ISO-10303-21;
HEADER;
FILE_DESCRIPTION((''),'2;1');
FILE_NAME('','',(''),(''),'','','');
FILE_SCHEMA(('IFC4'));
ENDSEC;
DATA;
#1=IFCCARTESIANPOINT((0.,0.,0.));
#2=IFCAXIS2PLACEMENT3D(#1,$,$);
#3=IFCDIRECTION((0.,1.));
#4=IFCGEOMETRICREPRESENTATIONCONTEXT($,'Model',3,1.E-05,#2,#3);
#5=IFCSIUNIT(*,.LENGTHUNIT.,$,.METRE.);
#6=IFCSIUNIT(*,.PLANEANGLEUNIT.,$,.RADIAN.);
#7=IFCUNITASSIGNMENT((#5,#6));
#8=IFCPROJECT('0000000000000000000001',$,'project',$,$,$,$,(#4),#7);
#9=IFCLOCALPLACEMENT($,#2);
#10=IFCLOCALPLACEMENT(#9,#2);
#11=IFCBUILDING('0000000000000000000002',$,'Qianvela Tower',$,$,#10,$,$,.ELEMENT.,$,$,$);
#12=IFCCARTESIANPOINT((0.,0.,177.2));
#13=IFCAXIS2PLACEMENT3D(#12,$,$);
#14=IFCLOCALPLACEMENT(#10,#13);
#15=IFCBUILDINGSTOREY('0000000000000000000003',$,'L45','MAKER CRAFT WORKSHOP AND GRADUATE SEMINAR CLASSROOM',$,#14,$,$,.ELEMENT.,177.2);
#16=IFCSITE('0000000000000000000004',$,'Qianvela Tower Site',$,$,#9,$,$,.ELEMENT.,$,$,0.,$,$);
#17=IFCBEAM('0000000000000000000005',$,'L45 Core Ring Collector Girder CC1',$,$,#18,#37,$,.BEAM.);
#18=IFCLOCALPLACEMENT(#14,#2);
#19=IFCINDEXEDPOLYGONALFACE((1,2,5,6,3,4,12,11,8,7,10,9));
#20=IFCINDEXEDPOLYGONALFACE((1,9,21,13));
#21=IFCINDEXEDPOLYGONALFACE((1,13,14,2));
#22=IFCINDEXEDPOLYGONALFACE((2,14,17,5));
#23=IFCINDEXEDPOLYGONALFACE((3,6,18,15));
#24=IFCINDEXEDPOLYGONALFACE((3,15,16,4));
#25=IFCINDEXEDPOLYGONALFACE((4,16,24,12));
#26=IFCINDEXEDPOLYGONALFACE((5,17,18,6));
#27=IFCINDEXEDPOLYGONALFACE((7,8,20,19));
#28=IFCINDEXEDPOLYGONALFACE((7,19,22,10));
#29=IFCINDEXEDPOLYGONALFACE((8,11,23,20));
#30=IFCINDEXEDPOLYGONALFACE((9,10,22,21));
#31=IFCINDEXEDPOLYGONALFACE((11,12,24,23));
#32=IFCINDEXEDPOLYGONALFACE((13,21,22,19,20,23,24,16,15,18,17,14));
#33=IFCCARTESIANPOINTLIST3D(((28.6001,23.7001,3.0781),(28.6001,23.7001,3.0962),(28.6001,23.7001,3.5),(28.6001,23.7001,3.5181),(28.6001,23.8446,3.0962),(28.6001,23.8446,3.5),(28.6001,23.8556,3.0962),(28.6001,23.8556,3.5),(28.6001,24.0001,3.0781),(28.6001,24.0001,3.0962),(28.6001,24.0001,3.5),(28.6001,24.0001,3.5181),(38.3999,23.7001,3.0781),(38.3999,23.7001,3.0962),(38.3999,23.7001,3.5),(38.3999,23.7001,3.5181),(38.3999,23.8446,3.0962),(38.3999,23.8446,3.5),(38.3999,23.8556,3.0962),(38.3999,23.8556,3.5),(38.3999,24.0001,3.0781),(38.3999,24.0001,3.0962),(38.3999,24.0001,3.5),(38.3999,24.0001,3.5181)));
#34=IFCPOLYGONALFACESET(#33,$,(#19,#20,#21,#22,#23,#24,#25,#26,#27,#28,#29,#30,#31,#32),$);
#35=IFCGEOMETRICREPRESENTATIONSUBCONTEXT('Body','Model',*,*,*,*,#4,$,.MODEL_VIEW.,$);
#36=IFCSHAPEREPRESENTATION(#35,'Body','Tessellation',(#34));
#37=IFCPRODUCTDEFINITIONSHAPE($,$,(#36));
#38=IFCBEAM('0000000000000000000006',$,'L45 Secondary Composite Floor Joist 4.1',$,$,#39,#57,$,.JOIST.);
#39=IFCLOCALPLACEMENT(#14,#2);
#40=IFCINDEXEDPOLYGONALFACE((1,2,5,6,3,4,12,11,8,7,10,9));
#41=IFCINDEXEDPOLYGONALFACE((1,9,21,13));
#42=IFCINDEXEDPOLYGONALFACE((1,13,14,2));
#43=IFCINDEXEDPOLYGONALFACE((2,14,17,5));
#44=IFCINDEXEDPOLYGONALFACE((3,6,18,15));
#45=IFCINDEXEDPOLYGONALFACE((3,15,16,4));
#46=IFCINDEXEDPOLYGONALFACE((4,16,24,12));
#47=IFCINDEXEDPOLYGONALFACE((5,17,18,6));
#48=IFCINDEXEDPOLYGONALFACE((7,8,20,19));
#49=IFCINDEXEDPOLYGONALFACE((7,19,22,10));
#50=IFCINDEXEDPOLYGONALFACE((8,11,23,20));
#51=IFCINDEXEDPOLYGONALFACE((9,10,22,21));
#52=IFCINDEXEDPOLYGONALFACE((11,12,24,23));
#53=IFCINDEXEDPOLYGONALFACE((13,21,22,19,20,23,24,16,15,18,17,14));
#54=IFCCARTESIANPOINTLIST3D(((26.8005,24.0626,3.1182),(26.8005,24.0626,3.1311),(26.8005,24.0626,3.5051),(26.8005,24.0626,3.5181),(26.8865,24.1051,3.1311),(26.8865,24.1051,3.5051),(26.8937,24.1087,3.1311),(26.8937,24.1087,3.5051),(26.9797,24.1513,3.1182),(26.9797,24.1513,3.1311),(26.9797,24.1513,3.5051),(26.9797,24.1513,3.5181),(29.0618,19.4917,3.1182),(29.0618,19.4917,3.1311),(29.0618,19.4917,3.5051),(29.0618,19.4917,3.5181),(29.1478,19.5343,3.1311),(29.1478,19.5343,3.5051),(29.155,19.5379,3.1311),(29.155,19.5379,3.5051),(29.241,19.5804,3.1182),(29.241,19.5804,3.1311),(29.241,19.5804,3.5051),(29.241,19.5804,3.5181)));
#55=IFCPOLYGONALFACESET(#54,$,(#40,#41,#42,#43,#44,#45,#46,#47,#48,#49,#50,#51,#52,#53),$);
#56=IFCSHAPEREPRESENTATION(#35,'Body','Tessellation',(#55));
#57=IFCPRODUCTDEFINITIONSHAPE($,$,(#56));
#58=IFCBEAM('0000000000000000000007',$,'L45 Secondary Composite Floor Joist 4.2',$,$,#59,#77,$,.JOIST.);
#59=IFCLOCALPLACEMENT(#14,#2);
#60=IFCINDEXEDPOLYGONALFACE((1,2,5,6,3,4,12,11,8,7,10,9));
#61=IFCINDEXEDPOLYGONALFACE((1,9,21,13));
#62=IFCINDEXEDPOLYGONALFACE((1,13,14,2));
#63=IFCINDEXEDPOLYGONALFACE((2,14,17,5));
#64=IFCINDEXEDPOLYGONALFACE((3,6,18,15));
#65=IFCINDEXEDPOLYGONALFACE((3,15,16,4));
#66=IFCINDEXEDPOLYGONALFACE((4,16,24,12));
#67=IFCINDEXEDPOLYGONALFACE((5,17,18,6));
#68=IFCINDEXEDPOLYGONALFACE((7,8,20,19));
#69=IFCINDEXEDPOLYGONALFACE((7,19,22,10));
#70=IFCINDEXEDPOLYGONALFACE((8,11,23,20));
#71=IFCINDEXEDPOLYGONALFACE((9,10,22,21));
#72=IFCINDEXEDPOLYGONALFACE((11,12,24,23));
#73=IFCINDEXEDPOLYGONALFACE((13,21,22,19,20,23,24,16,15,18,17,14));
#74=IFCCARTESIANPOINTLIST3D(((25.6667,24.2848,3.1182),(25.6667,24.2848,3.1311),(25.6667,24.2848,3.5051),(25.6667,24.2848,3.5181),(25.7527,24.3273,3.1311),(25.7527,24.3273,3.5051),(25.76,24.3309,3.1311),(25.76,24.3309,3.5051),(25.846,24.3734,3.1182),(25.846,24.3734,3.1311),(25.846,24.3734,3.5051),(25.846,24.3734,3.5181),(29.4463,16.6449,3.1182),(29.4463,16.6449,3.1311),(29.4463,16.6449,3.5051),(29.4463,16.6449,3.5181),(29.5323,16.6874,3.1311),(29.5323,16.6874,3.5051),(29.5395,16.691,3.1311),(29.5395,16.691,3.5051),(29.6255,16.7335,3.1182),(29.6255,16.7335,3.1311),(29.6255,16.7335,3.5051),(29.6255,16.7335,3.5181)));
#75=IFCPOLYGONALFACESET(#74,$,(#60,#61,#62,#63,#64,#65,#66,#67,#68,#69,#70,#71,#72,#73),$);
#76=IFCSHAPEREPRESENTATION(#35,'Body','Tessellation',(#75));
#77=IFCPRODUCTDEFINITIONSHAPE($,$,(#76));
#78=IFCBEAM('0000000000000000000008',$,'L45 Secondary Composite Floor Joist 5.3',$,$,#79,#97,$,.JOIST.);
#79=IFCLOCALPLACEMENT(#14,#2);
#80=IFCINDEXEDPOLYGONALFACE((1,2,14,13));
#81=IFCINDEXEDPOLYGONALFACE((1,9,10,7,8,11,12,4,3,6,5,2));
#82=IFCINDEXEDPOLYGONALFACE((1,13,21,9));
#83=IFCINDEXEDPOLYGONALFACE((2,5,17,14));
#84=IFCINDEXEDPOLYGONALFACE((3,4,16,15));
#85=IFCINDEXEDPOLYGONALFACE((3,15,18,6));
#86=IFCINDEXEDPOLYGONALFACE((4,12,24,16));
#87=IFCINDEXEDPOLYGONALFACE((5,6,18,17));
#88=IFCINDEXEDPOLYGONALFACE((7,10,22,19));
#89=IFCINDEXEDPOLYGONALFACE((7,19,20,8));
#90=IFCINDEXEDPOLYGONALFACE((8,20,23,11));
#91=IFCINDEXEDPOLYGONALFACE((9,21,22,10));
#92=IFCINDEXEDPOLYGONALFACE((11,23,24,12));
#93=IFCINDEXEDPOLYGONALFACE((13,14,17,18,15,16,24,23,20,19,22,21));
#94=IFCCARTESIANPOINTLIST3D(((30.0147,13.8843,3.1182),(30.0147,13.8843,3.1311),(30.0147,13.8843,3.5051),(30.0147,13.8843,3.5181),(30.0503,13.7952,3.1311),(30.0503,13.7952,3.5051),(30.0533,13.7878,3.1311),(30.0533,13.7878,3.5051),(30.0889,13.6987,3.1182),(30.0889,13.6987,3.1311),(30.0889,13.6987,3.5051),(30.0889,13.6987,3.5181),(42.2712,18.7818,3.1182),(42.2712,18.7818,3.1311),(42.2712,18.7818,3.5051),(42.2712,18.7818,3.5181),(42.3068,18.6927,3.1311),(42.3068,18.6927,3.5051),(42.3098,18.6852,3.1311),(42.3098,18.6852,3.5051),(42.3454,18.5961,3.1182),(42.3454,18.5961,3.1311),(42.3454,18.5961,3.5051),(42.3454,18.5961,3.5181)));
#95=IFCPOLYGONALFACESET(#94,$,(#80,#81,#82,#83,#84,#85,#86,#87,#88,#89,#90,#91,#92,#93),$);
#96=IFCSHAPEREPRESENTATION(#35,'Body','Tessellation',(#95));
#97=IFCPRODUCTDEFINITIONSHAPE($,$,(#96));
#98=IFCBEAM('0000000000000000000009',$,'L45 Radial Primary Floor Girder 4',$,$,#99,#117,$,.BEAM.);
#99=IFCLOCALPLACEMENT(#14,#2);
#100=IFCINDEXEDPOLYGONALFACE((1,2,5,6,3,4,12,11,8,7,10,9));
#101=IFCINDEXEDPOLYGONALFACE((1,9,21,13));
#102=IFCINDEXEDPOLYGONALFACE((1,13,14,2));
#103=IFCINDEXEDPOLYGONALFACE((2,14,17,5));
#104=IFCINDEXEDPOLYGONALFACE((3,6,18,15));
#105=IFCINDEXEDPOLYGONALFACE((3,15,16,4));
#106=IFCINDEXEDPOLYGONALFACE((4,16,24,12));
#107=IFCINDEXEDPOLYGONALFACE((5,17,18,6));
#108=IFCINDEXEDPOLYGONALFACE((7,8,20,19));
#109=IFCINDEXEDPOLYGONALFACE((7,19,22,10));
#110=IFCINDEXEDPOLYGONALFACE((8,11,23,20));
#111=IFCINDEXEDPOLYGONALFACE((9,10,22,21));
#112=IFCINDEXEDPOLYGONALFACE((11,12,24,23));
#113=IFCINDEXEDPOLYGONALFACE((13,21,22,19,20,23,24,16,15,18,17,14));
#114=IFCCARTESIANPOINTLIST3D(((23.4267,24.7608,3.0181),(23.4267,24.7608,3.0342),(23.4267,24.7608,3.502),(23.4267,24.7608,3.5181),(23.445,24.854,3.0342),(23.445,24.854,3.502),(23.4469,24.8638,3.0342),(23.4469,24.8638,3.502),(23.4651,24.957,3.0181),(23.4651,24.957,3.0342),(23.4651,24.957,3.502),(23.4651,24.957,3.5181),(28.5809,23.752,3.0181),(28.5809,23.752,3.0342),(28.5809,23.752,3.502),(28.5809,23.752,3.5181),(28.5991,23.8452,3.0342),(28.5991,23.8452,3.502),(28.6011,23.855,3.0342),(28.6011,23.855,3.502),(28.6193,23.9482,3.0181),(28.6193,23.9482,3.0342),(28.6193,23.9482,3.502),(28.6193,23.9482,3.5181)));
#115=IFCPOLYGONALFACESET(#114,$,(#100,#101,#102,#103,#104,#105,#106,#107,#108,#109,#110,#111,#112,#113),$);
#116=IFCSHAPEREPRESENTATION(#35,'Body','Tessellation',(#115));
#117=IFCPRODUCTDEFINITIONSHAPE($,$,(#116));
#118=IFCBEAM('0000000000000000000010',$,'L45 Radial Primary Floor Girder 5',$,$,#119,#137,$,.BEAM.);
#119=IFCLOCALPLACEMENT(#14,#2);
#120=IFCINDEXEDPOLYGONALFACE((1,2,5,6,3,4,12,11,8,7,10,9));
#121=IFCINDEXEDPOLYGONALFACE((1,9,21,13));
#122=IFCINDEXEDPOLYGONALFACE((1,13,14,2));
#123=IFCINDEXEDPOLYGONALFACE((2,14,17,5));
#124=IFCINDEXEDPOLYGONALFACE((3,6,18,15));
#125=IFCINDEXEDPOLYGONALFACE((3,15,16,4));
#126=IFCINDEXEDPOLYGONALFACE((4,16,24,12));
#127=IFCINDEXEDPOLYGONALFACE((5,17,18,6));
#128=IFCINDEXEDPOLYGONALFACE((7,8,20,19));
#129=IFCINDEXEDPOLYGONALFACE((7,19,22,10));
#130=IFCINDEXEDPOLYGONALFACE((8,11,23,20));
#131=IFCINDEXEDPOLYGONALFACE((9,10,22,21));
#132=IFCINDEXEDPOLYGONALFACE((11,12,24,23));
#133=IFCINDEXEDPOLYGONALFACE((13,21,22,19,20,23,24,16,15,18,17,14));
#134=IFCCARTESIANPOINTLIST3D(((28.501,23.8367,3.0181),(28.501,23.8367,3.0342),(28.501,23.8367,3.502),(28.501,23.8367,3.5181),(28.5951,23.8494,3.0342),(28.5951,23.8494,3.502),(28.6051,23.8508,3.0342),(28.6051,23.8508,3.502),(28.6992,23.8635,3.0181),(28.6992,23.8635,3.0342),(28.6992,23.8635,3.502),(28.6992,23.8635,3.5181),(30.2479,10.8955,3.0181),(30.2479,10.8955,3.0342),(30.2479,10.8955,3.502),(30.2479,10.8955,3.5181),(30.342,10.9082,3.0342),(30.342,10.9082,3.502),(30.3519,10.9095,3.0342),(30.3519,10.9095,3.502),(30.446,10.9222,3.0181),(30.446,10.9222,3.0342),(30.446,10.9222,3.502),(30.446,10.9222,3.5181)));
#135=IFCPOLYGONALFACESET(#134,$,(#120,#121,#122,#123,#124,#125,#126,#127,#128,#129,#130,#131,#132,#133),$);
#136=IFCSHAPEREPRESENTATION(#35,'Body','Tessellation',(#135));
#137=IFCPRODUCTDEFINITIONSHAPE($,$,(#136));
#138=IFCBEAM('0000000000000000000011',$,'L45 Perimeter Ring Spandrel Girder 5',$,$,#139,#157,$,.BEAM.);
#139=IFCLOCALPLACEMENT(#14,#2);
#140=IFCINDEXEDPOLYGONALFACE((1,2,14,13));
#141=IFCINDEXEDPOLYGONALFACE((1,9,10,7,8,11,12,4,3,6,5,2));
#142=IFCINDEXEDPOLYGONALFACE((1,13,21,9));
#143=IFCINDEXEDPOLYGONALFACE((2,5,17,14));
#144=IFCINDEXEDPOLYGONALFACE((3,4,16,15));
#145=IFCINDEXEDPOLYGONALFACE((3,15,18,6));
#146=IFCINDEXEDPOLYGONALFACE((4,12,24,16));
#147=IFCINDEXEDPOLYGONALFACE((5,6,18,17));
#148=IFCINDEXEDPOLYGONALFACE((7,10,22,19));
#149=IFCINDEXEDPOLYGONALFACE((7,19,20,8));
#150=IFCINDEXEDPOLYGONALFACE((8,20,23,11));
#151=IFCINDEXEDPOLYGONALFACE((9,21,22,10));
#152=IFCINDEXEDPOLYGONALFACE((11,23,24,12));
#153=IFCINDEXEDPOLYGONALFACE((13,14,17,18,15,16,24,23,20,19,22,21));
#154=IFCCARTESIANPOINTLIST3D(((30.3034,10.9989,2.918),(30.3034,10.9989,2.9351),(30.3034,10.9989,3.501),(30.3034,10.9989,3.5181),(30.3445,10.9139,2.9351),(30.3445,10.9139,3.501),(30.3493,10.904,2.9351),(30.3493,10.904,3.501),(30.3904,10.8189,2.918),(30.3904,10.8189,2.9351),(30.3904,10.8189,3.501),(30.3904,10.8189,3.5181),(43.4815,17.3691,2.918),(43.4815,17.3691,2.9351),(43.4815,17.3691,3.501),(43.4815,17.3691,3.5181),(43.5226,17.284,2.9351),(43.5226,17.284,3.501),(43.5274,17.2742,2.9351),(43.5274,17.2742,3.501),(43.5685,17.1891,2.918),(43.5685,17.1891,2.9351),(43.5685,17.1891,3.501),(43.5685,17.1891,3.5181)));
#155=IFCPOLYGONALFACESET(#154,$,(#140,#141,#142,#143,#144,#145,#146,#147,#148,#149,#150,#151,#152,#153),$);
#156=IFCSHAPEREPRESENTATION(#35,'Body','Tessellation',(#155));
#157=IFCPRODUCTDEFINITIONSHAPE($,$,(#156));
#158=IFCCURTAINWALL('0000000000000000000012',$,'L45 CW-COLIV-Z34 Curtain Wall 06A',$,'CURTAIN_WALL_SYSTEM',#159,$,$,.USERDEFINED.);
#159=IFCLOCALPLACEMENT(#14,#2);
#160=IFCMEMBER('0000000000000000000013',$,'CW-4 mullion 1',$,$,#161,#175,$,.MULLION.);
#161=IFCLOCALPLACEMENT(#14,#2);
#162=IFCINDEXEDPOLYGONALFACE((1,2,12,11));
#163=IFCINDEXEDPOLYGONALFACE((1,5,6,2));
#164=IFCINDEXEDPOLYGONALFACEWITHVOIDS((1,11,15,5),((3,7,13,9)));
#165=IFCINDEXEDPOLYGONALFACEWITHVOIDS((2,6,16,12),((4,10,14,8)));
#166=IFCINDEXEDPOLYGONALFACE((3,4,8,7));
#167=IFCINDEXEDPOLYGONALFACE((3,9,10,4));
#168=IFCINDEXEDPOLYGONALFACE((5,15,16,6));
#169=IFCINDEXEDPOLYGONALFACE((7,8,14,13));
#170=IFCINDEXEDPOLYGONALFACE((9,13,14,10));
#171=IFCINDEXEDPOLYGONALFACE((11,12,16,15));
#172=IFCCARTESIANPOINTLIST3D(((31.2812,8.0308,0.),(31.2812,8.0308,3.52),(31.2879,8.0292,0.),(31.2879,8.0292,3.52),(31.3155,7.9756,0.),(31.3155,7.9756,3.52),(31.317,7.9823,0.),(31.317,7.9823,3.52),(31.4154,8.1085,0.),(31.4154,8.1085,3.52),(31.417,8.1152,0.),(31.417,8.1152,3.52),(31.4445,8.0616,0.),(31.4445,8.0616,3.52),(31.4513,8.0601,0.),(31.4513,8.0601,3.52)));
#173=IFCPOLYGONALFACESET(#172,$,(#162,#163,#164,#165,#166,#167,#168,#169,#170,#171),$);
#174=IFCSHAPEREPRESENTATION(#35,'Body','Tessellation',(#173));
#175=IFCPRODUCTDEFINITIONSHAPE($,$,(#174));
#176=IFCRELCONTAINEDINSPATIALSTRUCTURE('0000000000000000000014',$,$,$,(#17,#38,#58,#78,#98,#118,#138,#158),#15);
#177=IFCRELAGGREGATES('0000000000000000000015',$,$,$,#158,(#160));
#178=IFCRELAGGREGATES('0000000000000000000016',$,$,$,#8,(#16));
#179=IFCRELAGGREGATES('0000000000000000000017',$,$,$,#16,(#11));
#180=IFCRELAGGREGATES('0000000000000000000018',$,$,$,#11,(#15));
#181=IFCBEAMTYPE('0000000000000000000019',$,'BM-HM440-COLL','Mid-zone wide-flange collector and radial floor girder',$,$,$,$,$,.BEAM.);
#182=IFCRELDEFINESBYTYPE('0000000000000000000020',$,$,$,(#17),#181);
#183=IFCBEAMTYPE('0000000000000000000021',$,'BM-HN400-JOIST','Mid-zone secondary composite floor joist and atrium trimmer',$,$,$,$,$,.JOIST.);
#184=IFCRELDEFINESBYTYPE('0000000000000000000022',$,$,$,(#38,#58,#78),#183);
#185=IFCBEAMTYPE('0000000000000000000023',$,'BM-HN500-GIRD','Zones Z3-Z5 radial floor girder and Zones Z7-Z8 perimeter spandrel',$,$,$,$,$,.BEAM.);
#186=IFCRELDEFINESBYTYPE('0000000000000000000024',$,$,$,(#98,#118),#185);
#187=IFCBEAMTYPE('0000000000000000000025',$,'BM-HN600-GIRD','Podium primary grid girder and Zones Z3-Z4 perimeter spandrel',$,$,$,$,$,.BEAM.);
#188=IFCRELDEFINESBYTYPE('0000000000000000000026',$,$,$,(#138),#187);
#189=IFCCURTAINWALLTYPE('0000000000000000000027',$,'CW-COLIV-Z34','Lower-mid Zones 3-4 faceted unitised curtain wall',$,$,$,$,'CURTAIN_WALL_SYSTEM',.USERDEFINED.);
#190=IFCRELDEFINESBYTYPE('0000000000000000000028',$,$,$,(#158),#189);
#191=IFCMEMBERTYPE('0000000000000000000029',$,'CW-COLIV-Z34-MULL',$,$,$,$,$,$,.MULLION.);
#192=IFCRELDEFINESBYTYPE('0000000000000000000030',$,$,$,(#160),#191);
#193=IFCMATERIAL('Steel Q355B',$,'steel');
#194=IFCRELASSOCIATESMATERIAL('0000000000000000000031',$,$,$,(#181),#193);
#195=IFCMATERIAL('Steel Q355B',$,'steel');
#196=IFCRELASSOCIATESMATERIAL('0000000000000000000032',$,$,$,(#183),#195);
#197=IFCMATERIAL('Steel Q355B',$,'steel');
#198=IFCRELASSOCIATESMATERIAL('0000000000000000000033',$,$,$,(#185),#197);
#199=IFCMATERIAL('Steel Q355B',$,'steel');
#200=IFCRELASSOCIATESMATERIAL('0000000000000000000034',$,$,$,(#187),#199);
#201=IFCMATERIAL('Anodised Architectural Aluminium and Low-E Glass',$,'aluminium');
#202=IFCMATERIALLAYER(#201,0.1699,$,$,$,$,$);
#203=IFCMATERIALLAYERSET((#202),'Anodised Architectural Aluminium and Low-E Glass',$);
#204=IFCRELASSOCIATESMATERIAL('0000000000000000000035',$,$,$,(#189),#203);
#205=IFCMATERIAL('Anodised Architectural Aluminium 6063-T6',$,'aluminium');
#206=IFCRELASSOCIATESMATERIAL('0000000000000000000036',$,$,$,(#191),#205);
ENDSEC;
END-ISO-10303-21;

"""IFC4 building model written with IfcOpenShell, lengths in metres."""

from ifc_helpers import new_model, si_unit, direction, frame, origin, origin_2d, place, context, subcontext, project, spatial, hollow_rectangle, i_section, extrude, material, layer, layer_set, material_profile, profile_set, type_object, element, aggregate, save


model = new_model("IFC4")

# Units and contexts
model_context = context("Model", 3, precision=1e-05, world=origin(), true_north=direction((0.0, 1.0)))
body_context = subcontext(model_context, "Body", "Model", "MODEL_VIEW")
ifc_project = project(units=[si_unit("LENGTHUNIT", "METRE"), si_unit("PLANEANGLEUNIT", "RADIAN")], contexts=[model_context])

# Site, building, storey
site_placement = place(None, origin())
site = spatial("IfcSite", under=ifc_project, at=site_placement, Name="Qianvela Tower Site", CompositionType="ELEMENT", RefElevation=0.0)
building_placement = place(site_placement, origin())
building = spatial("IfcBuilding", under=site, at=building_placement, Name="Qianvela Tower", CompositionType="ELEMENT")
storey_placement = place(building_placement, frame((0.0, 0.0, 177.2)))
storey = spatial("IfcBuildingStorey", under=building, at=storey_placement, Name="L45", Description="MAKER CRAFT WORKSHOP AND GRADUATE SEMINAR CLASSROOM", CompositionType="ELEMENT", Elevation=177.2)

# Beams
ifc_material_1 = material(Name="Steel Q355B", Category="steel")
ifc_material_profile_1 = material_profile(ifc_material_1, i_section(OverallWidth=0.3, OverallDepth=0.4399, WebThickness=0.011, FlangeThickness=0.0181, at=origin_2d()), Name="HM440x300x11x18")
ifc_profile_set_1 = profile_set([ifc_material_profile_1], Name="Steel Q355B")
beam_type_1 = type_object("IfcBeamType", Name="BM-HM440-COLL", Description="Mid-zone wide-flange collector and radial floor girder", PredefinedType="BEAM", material=ifc_profile_set_1)
beam_1_placement = place(storey_placement, frame((28.6001, 23.8501, 3.2981), z_axis=(1.0, 0.0, 0.0), x_axis=(0.0, 1.0, 0.0)))
element("IfcBeam", 1, at=beam_1_placement, inside=storey, type_object=beam_type_1, Name="L45 Core Ring Collector Girder CC1", PredefinedType="BEAM", context=body_context, shape_type="SweptSolid", body=[
    extrude(i_section(OverallWidth=0.3, OverallDepth=0.4399, WebThickness=0.011, FlangeThickness=0.0181, at=origin_2d()), origin(), (0.0, 0.0, 1.0), 9.7998),
])
ifc_material_2 = material(Name="Steel Q355B", Category="steel")
ifc_material_profile_2 = material_profile(ifc_material_2, i_section(OverallWidth=0.2, OverallDepth=0.3999, WebThickness=0.0081, FlangeThickness=0.0129, at=origin_2d()), Name="HN400x200x8x13")
ifc_profile_set_2 = profile_set([ifc_material_profile_2], Name="Steel Q355B")
beam_type_2 = type_object("IfcBeamType", Name="BM-HN400-JOIST", Description="Mid-zone secondary composite floor joist and atrium trimmer", PredefinedType="JOIST", material=ifc_profile_set_2)
beam_2_placement = place(storey_placement, frame((26.8901, 24.1069, 3.3181), z_axis=(0.443418, -0.896315, 0.0), x_axis=(0.896315, 0.443418, 0.0)))
element("IfcBeam", 2, at=beam_2_placement, inside=storey, type_object=beam_type_2, Name="L45 Secondary Composite Floor Joist 4.1", PredefinedType="JOIST", context=body_context, shape_type="SweptSolid", body=[
    extrude(i_section(OverallWidth=0.2, OverallDepth=0.3999, WebThickness=0.0081, FlangeThickness=0.0129, at=origin_2d()), origin(), (0.0, 0.0, 1.0), 5.0996),
])
beam_3_placement = place(storey_placement, frame((25.7563, 24.3291, 3.3181), z_axis=(0.443417, -0.896315, 0.0), x_axis=(0.896315, 0.443417, 0.0)))
element("IfcBeam", 3, at=beam_3_placement, inside=storey, type_object=beam_type_2, Name="L45 Secondary Composite Floor Joist 4.2", PredefinedType="JOIST", context=body_context, shape_type="SweptSolid", body=[
    extrude(i_section(OverallWidth=0.2, OverallDepth=0.3999, WebThickness=0.0081, FlangeThickness=0.0129, at=origin_2d()), origin(), (0.0, 0.0, 1.0), 8.5237),
])
beam_4_placement = place(storey_placement, frame((30.0518, 13.7915, 3.3181), z_axis=(0.928612, 0.371053, 0.0), x_axis=(-0.371053, 0.928612, 0.0)))
element("IfcBeam", 4, at=beam_4_placement, inside=storey, type_object=beam_type_2, Name="L45 Secondary Composite Floor Joist 5.3", PredefinedType="JOIST", context=body_context, shape_type="SweptSolid", body=[
    extrude(i_section(OverallWidth=0.2, OverallDepth=0.3999, WebThickness=0.0081, FlangeThickness=0.0129, at=origin_2d()), origin(), (0.0, 0.0, 1.0), 13.1987),
])
ifc_material_3 = material(Name="Steel Q355B", Category="steel")
ifc_material_profile_3 = material_profile(ifc_material_3, i_section(OverallWidth=0.2, OverallDepth=0.5, WebThickness=0.01, FlangeThickness=0.0161, at=origin_2d()), Name="HN500x200x10x16")
ifc_profile_set_3 = profile_set([ifc_material_profile_3], Name="Steel Q355B")
beam_type_3 = type_object("IfcBeamType", Name="BM-HN500-GIRD", Description="Zones Z3-Z5 radial floor girder and Zones Z7-Z8 perimeter spandrel", PredefinedType="BEAM", material=ifc_profile_set_3)
beam_5_placement = place(storey_placement, frame((28.6001, 23.8501, 3.2681), z_axis=(-0.981379, 0.192083, 0.0), x_axis=(-0.192083, -0.981379, 0.0)))
element("IfcBeam", 5, at=beam_5_placement, inside=storey, type_object=beam_type_3, Name="L45 Radial Primary Floor Girder 4", PredefinedType="BEAM", context=body_context, shape_type="SweptSolid", body=[
    extrude(i_section(OverallWidth=0.2, OverallDepth=0.5, WebThickness=0.01, FlangeThickness=0.0161, at=origin_2d()), origin(), (0.0, 0.0, 1.0), 5.252),
])
beam_6_placement = place(storey_placement, frame((28.6001, 23.8501, 3.2681), z_axis=(0.133769, -0.991013, 0.0), x_axis=(0.991013, 0.133769, 0.0)))
element("IfcBeam", 6, at=beam_6_placement, inside=storey, type_object=beam_type_3, Name="L45 Radial Primary Floor Girder 5", PredefinedType="BEAM", context=body_context, shape_type="SweptSolid", body=[
    extrude(i_section(OverallWidth=0.2, OverallDepth=0.5, WebThickness=0.01, FlangeThickness=0.0161, at=origin_2d()), origin(), (0.0, 0.0, 1.0), 13.0586),
])
ifc_material_4 = material(Name="Steel Q355B", Category="steel")
ifc_material_profile_4 = material_profile(ifc_material_4, i_section(OverallWidth=0.2, OverallDepth=0.6001, WebThickness=0.011, FlangeThickness=0.0171, at=origin_2d()), Name="HN600x200x11x17")
ifc_profile_set_4 = profile_set([ifc_material_profile_4], Name="Steel Q355B")
beam_type_4 = type_object("IfcBeamType", Name="BM-HN600-GIRD", Description="Podium primary grid girder and Zones Z3-Z4 perimeter spandrel", PredefinedType="BEAM", material=ifc_profile_set_4)
beam_7_placement = place(storey_placement, frame((30.3469, 10.9089, 3.218), z_axis=(0.900329, 0.435211, 0.0), x_axis=(-0.435211, 0.900329, 0.0)))
element("IfcBeam", 7, at=beam_7_placement, inside=storey, type_object=beam_type_4, Name="L45 Perimeter Ring Spandrel Girder 5", PredefinedType="BEAM", context=body_context, shape_type="SweptSolid", body=[
    extrude(i_section(OverallWidth=0.2, OverallDepth=0.6001, WebThickness=0.011, FlangeThickness=0.0171, at=origin_2d()), origin(), (0.0, 0.0, 1.0), 14.637),
])

# Curtain wall, member
ifc_material_5 = material(Name="Anodised Architectural Aluminium and Low-E Glass", Category="aluminium")
ifc_layer_1 = layer(ifc_material_5, 0.1699)
ifc_layer_set_1 = layer_set([ifc_layer_1], Name="Anodised Architectural Aluminium and Low-E Glass")
curtain_wall_type = type_object("IfcCurtainWallType", Name="CW-COLIV-Z34", Description="Lower-mid Zones 3-4 faceted unitised curtain wall", ElementType="CURTAIN_WALL_SYSTEM", PredefinedType="USERDEFINED", material=ifc_layer_set_1)
curtain_wall_placement = place(storey_placement, origin())
curtain_wall = element("IfcCurtainWall", 8, at=curtain_wall_placement, inside=storey, type_object=curtain_wall_type, Name="L45 CW-COLIV-Z34 Curtain Wall 06A", ObjectType="CURTAIN_WALL_SYSTEM", PredefinedType="USERDEFINED")
ifc_material_6 = material(Name="Anodised Architectural Aluminium 6063-T6", Category="aluminium")
ifc_material_profile_5 = material_profile(ifc_material_6, hollow_rectangle(XDim=0.0649, YDim=0.1599, WallThickness=0.0049, at=origin_2d()), Name="ALU-MULL-65x160")
ifc_profile_set_5 = profile_set([ifc_material_profile_5], Name="Anodised Architectural Aluminium 6063-T6")
member_type_1 = type_object("IfcMemberType", Name="CW-COLIV-Z34-MULL", PredefinedType="MULLION", material=ifc_profile_set_5)
member_1_placement = place(storey_placement, frame((31.3662, 8.0454, 0.0), z_axis=(0.0, 0.0, 1.0), x_axis=(-0.528038, 0.849221, 0.0)))
member_1 = element("IfcMember", 9, at=member_1_placement, type_object=member_type_1, Name="CW-4 mullion 1", PredefinedType="MULLION", context=body_context, shape_type="SweptSolid", body=[
    extrude(hollow_rectangle(XDim=0.0649, YDim=0.1599, WallThickness=0.0049, at=origin_2d()), origin(), (0.0, 0.0, 1.0), 3.52),
])
aggregate(curtain_wall, [member_1])

save(model, "model.ifc")
